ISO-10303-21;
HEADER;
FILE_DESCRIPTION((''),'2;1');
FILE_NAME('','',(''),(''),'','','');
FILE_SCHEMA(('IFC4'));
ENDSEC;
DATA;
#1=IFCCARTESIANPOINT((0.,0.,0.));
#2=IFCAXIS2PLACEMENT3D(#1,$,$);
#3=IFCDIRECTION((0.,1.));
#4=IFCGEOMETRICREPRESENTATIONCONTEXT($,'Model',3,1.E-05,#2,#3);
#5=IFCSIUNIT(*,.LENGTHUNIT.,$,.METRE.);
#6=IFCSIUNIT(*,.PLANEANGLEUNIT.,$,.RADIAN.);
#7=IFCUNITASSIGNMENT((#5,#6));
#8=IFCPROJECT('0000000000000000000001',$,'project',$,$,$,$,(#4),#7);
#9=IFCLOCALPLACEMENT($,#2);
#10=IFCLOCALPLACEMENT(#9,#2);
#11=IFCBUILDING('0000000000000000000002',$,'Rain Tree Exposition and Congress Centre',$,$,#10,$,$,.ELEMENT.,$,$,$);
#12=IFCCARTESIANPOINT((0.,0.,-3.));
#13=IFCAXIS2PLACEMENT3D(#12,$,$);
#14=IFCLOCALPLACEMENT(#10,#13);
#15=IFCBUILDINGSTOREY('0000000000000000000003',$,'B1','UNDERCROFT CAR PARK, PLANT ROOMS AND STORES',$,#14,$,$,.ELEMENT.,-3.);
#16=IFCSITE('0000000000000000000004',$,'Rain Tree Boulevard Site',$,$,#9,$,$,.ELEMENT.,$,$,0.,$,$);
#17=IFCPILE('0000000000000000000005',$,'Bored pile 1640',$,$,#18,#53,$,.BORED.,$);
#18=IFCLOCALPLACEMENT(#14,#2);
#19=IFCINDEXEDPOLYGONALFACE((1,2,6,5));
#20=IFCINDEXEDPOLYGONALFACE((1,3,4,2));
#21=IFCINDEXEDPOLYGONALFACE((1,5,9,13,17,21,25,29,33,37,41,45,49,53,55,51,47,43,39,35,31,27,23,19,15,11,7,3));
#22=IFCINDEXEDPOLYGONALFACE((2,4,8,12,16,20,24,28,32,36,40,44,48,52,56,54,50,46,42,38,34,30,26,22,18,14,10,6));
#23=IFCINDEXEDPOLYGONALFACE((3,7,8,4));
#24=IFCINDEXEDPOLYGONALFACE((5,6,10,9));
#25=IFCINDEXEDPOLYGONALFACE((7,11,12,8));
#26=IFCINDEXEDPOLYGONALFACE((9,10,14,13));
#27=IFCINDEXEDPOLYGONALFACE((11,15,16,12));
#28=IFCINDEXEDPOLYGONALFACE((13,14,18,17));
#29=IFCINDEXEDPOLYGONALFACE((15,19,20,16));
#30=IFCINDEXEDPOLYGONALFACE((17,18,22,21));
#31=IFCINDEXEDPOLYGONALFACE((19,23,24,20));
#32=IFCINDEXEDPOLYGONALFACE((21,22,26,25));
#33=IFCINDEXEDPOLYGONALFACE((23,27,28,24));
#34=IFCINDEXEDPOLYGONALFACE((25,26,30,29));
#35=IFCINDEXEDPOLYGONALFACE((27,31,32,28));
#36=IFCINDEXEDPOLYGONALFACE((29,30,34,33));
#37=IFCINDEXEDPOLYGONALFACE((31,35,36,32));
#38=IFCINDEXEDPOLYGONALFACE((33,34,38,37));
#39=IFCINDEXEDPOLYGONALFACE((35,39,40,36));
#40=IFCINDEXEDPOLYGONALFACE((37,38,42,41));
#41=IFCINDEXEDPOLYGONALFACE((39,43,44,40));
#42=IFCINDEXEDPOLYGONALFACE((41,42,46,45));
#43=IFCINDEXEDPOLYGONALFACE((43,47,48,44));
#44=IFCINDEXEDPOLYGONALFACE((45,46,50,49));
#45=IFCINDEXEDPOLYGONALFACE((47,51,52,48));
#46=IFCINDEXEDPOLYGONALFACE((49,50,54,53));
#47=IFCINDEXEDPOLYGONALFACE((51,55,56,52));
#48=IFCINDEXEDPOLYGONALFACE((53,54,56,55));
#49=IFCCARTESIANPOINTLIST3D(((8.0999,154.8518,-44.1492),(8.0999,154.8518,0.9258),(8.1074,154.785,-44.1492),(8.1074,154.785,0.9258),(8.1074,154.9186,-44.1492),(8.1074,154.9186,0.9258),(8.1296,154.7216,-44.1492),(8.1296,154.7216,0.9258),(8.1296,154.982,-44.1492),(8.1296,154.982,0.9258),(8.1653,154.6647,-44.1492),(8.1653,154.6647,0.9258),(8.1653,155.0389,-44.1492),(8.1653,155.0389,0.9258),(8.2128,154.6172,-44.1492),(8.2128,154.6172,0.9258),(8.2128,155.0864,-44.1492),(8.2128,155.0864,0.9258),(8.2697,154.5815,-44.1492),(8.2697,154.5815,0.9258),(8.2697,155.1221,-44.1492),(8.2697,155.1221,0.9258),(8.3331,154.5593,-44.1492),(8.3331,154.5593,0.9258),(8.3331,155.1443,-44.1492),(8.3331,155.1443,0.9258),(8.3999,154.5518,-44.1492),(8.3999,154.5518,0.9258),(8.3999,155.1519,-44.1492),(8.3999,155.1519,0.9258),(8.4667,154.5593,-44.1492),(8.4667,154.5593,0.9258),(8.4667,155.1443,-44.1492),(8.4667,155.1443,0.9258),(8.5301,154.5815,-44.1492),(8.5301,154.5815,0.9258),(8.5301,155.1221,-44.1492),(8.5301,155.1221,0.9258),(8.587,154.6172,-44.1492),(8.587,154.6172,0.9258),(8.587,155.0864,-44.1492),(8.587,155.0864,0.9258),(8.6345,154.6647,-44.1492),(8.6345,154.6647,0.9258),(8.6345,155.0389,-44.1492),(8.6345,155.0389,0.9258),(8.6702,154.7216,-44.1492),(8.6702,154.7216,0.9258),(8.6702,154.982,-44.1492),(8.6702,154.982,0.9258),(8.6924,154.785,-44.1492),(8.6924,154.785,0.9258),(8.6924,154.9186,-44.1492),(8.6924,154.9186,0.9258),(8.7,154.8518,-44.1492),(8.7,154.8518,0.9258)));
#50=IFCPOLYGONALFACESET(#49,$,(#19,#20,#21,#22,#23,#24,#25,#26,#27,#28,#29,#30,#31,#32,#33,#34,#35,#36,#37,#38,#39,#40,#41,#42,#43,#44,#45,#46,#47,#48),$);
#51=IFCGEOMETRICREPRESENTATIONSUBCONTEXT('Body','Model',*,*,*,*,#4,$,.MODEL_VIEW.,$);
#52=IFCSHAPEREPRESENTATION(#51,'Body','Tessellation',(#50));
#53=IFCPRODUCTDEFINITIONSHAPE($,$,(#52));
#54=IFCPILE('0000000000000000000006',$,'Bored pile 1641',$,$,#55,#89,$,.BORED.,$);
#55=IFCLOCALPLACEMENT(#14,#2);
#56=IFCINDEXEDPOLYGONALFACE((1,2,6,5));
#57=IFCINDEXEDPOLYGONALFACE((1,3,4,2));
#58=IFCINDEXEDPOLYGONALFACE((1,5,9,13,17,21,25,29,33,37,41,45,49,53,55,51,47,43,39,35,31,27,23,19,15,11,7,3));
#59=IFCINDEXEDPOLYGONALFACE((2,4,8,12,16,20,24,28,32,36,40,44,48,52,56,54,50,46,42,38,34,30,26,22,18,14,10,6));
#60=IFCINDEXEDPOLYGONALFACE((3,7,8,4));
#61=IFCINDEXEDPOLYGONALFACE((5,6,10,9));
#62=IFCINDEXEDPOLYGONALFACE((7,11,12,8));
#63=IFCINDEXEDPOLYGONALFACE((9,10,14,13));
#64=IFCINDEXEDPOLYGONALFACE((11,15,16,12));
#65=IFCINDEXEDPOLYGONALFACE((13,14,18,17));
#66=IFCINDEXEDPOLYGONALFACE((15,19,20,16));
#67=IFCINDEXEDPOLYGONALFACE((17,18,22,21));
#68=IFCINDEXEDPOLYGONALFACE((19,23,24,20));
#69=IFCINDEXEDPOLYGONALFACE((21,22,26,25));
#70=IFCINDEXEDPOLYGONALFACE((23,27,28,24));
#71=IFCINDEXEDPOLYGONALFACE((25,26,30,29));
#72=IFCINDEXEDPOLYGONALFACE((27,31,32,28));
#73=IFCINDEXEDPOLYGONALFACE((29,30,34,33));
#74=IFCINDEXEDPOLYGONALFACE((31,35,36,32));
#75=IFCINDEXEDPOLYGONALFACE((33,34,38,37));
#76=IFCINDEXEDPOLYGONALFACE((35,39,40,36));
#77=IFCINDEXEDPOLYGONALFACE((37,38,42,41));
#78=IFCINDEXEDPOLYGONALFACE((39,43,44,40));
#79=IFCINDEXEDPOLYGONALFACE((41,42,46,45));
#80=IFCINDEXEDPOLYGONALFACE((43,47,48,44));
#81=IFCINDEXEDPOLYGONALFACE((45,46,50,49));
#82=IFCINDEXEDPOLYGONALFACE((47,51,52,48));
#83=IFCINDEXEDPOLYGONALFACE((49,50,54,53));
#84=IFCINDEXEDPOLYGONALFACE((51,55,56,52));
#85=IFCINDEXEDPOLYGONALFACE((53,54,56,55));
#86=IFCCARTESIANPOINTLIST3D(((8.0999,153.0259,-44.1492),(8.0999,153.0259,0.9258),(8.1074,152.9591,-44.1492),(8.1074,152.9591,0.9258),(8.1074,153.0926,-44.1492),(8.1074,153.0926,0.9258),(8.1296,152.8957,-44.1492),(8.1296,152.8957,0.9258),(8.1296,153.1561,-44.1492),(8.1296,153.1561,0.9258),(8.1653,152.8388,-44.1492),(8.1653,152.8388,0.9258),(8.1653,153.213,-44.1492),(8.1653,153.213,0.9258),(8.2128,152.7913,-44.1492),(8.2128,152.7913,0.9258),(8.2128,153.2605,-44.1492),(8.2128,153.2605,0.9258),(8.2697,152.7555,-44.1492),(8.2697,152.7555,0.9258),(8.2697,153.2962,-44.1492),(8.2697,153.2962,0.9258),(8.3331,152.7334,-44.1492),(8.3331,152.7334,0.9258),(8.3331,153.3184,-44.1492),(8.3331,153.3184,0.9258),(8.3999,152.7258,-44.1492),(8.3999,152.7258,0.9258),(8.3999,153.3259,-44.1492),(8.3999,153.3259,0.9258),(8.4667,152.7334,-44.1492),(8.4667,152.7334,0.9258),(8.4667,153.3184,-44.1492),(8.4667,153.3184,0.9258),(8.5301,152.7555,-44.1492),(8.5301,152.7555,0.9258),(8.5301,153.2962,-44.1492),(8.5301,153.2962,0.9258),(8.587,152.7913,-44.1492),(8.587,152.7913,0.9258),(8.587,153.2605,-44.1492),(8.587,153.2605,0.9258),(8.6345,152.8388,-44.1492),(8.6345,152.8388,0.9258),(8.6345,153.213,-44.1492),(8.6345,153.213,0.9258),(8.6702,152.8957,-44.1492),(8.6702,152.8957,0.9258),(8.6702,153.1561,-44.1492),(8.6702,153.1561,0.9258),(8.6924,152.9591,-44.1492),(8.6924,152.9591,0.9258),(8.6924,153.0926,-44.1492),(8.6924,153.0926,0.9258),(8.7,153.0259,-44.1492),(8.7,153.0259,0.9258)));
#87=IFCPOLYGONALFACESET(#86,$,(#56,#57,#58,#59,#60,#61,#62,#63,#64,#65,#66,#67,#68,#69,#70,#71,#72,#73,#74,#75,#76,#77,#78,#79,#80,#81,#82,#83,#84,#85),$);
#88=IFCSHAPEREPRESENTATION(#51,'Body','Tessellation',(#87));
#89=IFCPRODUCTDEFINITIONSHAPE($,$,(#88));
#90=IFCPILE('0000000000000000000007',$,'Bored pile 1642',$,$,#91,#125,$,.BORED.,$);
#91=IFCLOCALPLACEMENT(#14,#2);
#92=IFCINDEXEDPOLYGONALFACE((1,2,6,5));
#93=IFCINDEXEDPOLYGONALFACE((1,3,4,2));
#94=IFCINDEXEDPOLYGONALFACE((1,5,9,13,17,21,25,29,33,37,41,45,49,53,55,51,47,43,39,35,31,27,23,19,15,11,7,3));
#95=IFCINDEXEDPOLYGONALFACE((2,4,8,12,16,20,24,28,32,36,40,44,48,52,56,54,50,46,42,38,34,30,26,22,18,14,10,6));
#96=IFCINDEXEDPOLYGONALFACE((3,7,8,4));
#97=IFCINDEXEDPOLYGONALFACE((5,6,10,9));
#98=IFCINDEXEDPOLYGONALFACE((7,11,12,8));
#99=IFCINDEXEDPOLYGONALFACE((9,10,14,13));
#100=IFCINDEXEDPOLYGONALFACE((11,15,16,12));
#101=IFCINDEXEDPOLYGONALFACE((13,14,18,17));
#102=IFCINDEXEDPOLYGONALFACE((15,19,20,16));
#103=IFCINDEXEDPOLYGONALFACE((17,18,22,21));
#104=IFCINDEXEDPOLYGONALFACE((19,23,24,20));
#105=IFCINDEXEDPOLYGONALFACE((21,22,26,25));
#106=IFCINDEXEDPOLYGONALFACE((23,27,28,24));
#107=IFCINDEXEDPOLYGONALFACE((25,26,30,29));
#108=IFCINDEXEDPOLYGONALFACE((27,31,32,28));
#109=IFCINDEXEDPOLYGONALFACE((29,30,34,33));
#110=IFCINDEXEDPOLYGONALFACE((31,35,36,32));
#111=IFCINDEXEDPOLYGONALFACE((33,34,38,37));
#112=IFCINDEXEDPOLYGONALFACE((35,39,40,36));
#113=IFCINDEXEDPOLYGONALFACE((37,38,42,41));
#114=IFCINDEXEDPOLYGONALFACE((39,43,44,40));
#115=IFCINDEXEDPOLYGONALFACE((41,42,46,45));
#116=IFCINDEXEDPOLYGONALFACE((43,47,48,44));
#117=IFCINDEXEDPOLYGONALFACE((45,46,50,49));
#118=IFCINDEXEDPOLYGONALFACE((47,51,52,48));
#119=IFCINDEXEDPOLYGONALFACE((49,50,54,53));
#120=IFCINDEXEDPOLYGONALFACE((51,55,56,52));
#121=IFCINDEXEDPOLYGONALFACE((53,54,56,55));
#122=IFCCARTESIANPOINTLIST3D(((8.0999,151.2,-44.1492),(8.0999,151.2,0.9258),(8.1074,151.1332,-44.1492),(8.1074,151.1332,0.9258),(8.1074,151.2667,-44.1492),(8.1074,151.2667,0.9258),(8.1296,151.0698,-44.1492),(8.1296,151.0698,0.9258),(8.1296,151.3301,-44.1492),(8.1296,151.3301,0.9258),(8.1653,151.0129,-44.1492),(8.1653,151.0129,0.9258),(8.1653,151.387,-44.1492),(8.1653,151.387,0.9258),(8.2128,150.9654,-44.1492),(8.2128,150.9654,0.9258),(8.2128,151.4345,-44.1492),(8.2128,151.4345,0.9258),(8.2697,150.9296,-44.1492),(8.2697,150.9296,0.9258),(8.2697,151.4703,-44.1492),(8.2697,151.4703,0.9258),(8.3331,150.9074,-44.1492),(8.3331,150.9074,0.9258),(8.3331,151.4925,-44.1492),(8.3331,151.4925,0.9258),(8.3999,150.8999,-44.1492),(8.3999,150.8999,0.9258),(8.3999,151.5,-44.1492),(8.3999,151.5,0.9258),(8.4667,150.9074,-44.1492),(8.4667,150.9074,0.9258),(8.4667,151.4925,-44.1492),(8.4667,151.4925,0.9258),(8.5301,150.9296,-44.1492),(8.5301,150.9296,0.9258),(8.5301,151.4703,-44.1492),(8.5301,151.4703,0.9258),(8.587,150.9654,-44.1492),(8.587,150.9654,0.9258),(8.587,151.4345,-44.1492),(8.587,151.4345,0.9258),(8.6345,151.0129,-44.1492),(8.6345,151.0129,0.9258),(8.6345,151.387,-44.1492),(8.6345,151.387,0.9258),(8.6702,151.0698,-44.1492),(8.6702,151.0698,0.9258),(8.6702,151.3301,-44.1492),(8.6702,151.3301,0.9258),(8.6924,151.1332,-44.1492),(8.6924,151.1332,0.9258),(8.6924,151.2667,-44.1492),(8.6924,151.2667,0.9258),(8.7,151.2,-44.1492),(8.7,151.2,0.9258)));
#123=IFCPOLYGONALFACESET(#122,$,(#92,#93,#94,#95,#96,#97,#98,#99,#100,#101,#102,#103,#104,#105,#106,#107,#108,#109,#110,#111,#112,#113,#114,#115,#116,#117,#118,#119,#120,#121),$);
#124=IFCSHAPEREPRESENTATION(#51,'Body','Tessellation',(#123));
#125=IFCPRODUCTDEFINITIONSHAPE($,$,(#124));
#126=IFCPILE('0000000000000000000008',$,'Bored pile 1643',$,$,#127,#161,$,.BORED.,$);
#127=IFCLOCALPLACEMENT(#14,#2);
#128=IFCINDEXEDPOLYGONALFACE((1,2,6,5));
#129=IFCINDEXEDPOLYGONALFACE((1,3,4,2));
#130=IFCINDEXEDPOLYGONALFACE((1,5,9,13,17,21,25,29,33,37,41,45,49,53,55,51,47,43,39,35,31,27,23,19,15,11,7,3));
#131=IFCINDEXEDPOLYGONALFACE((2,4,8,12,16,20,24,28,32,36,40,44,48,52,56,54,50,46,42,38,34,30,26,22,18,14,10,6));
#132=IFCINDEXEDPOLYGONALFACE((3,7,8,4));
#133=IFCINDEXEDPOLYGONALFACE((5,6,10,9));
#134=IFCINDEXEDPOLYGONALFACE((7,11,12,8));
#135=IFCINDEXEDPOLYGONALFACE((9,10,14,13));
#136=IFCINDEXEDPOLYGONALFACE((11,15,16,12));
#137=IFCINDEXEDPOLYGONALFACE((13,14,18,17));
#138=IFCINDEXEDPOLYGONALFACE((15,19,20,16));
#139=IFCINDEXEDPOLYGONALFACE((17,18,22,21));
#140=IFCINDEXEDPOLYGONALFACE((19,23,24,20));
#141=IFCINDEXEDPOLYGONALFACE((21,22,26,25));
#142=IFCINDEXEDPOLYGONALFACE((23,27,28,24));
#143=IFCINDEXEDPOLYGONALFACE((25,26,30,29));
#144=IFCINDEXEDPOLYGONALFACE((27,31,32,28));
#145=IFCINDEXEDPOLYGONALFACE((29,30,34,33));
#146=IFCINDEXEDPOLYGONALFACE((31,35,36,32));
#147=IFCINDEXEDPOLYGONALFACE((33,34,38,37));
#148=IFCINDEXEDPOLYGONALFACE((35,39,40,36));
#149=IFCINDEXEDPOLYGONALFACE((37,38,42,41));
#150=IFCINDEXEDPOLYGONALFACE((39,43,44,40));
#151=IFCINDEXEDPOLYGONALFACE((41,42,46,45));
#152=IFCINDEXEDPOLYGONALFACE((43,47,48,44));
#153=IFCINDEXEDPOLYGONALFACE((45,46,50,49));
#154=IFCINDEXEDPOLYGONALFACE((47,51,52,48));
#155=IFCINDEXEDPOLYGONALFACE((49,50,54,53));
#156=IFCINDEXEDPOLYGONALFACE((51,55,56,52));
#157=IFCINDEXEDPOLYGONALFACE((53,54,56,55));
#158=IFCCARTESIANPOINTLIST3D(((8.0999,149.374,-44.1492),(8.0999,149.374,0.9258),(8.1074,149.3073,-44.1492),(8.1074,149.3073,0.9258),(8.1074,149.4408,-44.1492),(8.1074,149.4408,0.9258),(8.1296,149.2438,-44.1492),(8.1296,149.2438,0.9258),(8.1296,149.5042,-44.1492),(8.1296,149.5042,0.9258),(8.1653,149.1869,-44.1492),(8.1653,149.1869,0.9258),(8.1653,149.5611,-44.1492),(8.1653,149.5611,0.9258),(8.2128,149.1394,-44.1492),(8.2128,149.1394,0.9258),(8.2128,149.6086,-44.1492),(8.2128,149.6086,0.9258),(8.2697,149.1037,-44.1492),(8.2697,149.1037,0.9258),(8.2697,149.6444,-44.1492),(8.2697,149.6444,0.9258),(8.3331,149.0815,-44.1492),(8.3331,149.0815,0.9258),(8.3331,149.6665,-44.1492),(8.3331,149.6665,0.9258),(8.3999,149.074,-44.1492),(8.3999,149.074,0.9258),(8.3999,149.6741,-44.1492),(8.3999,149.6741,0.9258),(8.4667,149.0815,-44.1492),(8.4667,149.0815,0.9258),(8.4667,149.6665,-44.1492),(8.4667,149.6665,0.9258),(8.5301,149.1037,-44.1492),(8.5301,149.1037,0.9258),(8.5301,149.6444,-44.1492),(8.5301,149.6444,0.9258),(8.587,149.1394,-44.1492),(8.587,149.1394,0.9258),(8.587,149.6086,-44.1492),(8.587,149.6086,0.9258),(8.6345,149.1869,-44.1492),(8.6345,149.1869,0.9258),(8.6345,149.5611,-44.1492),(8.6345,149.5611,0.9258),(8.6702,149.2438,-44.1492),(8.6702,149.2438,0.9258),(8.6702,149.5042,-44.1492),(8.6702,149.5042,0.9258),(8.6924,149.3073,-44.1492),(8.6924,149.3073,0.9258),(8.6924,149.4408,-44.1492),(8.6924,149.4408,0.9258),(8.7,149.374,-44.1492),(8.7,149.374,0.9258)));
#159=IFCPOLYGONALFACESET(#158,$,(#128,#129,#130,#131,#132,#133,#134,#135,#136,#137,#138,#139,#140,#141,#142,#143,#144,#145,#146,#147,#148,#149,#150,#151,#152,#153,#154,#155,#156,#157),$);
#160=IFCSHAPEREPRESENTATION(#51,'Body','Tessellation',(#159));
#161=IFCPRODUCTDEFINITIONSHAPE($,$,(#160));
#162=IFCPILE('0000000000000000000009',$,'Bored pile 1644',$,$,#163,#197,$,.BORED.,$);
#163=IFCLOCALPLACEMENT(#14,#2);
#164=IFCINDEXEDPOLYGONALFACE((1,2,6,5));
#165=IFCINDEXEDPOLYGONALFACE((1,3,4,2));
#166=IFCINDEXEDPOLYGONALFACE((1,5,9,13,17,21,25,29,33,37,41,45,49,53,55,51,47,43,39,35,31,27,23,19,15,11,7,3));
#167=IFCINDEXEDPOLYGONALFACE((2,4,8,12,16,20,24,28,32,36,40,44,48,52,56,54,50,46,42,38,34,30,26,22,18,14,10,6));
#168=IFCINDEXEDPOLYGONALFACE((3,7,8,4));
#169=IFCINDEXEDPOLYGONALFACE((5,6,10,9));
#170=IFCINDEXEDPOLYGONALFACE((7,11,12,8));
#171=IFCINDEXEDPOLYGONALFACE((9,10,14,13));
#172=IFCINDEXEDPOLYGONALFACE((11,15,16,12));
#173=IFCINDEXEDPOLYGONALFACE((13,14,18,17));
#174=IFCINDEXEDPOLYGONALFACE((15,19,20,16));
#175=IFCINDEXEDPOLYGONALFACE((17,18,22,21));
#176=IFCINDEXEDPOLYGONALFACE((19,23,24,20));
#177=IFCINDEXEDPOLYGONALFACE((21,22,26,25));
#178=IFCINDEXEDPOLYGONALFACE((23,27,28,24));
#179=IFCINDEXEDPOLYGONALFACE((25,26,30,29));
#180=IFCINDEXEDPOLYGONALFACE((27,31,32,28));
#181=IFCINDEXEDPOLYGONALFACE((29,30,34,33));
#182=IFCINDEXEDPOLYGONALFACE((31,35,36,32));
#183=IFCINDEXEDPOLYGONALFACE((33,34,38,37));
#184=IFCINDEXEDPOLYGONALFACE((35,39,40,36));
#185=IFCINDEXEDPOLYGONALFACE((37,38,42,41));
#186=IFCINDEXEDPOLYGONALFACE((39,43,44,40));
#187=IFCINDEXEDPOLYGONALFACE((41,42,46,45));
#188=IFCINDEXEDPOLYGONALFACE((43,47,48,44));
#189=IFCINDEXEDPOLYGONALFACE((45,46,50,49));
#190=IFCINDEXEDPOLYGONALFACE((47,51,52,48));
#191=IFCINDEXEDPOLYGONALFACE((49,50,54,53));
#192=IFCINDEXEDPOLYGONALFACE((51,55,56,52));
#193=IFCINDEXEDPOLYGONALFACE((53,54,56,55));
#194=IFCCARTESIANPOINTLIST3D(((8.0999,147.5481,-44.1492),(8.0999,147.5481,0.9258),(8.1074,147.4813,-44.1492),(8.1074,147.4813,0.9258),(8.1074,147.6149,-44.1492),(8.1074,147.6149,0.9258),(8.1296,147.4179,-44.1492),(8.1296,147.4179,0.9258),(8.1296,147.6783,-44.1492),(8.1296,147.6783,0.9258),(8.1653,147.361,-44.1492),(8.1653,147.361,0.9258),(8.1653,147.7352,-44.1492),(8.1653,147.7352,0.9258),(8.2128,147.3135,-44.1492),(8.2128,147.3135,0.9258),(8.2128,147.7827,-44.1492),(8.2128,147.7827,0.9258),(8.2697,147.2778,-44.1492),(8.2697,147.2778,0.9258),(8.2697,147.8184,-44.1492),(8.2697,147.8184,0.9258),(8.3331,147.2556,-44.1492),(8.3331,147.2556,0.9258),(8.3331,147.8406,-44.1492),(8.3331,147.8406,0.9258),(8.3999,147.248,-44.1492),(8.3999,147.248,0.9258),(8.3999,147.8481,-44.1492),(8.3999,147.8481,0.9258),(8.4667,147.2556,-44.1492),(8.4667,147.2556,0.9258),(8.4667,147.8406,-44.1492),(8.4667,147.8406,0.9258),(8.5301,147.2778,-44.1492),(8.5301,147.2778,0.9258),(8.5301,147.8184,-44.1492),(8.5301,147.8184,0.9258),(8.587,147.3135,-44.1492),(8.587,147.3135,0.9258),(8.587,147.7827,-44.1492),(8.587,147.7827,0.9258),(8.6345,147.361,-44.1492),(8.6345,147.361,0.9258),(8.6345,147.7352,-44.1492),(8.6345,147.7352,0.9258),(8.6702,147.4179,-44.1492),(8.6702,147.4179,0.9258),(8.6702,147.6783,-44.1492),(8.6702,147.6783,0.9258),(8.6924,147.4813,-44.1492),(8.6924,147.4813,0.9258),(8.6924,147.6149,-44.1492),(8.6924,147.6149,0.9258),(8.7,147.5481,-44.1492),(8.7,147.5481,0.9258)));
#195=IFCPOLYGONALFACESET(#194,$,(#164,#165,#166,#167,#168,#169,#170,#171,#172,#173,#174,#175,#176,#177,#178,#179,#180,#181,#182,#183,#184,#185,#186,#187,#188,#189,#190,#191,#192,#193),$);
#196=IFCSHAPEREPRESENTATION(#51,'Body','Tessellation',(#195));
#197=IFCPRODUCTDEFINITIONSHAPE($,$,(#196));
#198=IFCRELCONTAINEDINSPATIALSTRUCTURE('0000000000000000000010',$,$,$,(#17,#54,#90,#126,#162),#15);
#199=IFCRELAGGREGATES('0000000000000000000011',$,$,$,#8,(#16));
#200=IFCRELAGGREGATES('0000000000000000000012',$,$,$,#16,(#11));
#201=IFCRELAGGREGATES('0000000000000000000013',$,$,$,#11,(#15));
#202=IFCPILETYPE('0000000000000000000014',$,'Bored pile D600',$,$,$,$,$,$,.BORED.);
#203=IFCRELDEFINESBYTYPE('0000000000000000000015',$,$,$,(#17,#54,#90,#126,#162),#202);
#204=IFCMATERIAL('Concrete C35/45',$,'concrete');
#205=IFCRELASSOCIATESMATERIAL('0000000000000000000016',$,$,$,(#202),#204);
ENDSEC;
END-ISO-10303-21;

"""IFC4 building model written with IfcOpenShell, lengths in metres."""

from ifc_helpers import new_model, si_unit, direction, frame, origin, origin_2d, place, context, subcontext, project, spatial, circle, extrude, material, material_profile, profile_set, type_object, element, save


model = new_model("IFC4")

# Units and contexts
model_context = context("Model", 3, precision=1e-05, world=origin(), true_north=direction((0.0, 1.0)))
body_context = subcontext(model_context, "Body", "Model", "MODEL_VIEW")
ifc_project = project(units=[si_unit("LENGTHUNIT", "METRE"), si_unit("PLANEANGLEUNIT", "RADIAN")], contexts=[model_context])

# Site, building, storey
site_placement = place(None, origin())
site = spatial("IfcSite", under=ifc_project, at=site_placement, Name="Rain Tree Boulevard Site", CompositionType="ELEMENT", RefElevation=0.0)
building_placement = place(site_placement, origin())
building = spatial("IfcBuilding", under=site, at=building_placement, Name="Rain Tree Exposition and Congress Centre", CompositionType="ELEMENT")
storey_placement = place(building_placement, frame((0.0, 0.0, -3.0)))
storey = spatial("IfcBuildingStorey", under=building, at=storey_placement, Name="B1", Description="UNDERCROFT CAR PARK, PLANT ROOMS AND STORES", CompositionType="ELEMENT", Elevation=-3.0)

# Piles
ifc_material_1 = material(Name="Concrete C35/45", Category="concrete")
ifc_material_profile_1 = material_profile(ifc_material_1, circle(Radius=0.3, at=origin_2d()), Name="D600")
ifc_profile_set_1 = profile_set([ifc_material_profile_1], Name="Concrete C35/45")
pile_type_1 = type_object("IfcPileType", Name="Bored pile D600", PredefinedType="BORED", material=ifc_profile_set_1)
for number, where, z_axis, x_axis, name in (
    (1, (8.3999, 154.8518, 0.9258), (0.0, 0.0, -1.0), (1.0, 0.0, 0.0), "Bored pile 1640"),
    (2, (8.3999, 153.0259, 0.9258), (0.0, 0.0, -1.0), (1.0, 0.0, 0.0), "Bored pile 1641"),
    (3, (8.3999, 151.2, 0.9258), (0.0, 0.0, -1.0), (1.0, 0.0, 0.0), "Bored pile 1642"),
    (4, (8.3999, 149.374, 0.9258), (0.0, 0.0, -1.0), (1.0, 0.0, 0.0), "Bored pile 1643"),
    (5, (8.3999, 147.5481, 0.9258), (0.0, 0.0, -1.0), (1.0, 0.0, 0.0), "Bored pile 1644"),
):
    element("IfcPile", number, at=place(storey_placement, frame(where, z_axis=z_axis, x_axis=x_axis)), inside=storey, type_object=pile_type_1, Name=name, PredefinedType="BORED", context=body_context, shape_type="SweptSolid", body=[
        extrude(circle(Radius=0.3, at=origin_2d()), origin(), (0.0, 0.0, 1.0), 45.075),
    ])

save(model, "model.ifc")
